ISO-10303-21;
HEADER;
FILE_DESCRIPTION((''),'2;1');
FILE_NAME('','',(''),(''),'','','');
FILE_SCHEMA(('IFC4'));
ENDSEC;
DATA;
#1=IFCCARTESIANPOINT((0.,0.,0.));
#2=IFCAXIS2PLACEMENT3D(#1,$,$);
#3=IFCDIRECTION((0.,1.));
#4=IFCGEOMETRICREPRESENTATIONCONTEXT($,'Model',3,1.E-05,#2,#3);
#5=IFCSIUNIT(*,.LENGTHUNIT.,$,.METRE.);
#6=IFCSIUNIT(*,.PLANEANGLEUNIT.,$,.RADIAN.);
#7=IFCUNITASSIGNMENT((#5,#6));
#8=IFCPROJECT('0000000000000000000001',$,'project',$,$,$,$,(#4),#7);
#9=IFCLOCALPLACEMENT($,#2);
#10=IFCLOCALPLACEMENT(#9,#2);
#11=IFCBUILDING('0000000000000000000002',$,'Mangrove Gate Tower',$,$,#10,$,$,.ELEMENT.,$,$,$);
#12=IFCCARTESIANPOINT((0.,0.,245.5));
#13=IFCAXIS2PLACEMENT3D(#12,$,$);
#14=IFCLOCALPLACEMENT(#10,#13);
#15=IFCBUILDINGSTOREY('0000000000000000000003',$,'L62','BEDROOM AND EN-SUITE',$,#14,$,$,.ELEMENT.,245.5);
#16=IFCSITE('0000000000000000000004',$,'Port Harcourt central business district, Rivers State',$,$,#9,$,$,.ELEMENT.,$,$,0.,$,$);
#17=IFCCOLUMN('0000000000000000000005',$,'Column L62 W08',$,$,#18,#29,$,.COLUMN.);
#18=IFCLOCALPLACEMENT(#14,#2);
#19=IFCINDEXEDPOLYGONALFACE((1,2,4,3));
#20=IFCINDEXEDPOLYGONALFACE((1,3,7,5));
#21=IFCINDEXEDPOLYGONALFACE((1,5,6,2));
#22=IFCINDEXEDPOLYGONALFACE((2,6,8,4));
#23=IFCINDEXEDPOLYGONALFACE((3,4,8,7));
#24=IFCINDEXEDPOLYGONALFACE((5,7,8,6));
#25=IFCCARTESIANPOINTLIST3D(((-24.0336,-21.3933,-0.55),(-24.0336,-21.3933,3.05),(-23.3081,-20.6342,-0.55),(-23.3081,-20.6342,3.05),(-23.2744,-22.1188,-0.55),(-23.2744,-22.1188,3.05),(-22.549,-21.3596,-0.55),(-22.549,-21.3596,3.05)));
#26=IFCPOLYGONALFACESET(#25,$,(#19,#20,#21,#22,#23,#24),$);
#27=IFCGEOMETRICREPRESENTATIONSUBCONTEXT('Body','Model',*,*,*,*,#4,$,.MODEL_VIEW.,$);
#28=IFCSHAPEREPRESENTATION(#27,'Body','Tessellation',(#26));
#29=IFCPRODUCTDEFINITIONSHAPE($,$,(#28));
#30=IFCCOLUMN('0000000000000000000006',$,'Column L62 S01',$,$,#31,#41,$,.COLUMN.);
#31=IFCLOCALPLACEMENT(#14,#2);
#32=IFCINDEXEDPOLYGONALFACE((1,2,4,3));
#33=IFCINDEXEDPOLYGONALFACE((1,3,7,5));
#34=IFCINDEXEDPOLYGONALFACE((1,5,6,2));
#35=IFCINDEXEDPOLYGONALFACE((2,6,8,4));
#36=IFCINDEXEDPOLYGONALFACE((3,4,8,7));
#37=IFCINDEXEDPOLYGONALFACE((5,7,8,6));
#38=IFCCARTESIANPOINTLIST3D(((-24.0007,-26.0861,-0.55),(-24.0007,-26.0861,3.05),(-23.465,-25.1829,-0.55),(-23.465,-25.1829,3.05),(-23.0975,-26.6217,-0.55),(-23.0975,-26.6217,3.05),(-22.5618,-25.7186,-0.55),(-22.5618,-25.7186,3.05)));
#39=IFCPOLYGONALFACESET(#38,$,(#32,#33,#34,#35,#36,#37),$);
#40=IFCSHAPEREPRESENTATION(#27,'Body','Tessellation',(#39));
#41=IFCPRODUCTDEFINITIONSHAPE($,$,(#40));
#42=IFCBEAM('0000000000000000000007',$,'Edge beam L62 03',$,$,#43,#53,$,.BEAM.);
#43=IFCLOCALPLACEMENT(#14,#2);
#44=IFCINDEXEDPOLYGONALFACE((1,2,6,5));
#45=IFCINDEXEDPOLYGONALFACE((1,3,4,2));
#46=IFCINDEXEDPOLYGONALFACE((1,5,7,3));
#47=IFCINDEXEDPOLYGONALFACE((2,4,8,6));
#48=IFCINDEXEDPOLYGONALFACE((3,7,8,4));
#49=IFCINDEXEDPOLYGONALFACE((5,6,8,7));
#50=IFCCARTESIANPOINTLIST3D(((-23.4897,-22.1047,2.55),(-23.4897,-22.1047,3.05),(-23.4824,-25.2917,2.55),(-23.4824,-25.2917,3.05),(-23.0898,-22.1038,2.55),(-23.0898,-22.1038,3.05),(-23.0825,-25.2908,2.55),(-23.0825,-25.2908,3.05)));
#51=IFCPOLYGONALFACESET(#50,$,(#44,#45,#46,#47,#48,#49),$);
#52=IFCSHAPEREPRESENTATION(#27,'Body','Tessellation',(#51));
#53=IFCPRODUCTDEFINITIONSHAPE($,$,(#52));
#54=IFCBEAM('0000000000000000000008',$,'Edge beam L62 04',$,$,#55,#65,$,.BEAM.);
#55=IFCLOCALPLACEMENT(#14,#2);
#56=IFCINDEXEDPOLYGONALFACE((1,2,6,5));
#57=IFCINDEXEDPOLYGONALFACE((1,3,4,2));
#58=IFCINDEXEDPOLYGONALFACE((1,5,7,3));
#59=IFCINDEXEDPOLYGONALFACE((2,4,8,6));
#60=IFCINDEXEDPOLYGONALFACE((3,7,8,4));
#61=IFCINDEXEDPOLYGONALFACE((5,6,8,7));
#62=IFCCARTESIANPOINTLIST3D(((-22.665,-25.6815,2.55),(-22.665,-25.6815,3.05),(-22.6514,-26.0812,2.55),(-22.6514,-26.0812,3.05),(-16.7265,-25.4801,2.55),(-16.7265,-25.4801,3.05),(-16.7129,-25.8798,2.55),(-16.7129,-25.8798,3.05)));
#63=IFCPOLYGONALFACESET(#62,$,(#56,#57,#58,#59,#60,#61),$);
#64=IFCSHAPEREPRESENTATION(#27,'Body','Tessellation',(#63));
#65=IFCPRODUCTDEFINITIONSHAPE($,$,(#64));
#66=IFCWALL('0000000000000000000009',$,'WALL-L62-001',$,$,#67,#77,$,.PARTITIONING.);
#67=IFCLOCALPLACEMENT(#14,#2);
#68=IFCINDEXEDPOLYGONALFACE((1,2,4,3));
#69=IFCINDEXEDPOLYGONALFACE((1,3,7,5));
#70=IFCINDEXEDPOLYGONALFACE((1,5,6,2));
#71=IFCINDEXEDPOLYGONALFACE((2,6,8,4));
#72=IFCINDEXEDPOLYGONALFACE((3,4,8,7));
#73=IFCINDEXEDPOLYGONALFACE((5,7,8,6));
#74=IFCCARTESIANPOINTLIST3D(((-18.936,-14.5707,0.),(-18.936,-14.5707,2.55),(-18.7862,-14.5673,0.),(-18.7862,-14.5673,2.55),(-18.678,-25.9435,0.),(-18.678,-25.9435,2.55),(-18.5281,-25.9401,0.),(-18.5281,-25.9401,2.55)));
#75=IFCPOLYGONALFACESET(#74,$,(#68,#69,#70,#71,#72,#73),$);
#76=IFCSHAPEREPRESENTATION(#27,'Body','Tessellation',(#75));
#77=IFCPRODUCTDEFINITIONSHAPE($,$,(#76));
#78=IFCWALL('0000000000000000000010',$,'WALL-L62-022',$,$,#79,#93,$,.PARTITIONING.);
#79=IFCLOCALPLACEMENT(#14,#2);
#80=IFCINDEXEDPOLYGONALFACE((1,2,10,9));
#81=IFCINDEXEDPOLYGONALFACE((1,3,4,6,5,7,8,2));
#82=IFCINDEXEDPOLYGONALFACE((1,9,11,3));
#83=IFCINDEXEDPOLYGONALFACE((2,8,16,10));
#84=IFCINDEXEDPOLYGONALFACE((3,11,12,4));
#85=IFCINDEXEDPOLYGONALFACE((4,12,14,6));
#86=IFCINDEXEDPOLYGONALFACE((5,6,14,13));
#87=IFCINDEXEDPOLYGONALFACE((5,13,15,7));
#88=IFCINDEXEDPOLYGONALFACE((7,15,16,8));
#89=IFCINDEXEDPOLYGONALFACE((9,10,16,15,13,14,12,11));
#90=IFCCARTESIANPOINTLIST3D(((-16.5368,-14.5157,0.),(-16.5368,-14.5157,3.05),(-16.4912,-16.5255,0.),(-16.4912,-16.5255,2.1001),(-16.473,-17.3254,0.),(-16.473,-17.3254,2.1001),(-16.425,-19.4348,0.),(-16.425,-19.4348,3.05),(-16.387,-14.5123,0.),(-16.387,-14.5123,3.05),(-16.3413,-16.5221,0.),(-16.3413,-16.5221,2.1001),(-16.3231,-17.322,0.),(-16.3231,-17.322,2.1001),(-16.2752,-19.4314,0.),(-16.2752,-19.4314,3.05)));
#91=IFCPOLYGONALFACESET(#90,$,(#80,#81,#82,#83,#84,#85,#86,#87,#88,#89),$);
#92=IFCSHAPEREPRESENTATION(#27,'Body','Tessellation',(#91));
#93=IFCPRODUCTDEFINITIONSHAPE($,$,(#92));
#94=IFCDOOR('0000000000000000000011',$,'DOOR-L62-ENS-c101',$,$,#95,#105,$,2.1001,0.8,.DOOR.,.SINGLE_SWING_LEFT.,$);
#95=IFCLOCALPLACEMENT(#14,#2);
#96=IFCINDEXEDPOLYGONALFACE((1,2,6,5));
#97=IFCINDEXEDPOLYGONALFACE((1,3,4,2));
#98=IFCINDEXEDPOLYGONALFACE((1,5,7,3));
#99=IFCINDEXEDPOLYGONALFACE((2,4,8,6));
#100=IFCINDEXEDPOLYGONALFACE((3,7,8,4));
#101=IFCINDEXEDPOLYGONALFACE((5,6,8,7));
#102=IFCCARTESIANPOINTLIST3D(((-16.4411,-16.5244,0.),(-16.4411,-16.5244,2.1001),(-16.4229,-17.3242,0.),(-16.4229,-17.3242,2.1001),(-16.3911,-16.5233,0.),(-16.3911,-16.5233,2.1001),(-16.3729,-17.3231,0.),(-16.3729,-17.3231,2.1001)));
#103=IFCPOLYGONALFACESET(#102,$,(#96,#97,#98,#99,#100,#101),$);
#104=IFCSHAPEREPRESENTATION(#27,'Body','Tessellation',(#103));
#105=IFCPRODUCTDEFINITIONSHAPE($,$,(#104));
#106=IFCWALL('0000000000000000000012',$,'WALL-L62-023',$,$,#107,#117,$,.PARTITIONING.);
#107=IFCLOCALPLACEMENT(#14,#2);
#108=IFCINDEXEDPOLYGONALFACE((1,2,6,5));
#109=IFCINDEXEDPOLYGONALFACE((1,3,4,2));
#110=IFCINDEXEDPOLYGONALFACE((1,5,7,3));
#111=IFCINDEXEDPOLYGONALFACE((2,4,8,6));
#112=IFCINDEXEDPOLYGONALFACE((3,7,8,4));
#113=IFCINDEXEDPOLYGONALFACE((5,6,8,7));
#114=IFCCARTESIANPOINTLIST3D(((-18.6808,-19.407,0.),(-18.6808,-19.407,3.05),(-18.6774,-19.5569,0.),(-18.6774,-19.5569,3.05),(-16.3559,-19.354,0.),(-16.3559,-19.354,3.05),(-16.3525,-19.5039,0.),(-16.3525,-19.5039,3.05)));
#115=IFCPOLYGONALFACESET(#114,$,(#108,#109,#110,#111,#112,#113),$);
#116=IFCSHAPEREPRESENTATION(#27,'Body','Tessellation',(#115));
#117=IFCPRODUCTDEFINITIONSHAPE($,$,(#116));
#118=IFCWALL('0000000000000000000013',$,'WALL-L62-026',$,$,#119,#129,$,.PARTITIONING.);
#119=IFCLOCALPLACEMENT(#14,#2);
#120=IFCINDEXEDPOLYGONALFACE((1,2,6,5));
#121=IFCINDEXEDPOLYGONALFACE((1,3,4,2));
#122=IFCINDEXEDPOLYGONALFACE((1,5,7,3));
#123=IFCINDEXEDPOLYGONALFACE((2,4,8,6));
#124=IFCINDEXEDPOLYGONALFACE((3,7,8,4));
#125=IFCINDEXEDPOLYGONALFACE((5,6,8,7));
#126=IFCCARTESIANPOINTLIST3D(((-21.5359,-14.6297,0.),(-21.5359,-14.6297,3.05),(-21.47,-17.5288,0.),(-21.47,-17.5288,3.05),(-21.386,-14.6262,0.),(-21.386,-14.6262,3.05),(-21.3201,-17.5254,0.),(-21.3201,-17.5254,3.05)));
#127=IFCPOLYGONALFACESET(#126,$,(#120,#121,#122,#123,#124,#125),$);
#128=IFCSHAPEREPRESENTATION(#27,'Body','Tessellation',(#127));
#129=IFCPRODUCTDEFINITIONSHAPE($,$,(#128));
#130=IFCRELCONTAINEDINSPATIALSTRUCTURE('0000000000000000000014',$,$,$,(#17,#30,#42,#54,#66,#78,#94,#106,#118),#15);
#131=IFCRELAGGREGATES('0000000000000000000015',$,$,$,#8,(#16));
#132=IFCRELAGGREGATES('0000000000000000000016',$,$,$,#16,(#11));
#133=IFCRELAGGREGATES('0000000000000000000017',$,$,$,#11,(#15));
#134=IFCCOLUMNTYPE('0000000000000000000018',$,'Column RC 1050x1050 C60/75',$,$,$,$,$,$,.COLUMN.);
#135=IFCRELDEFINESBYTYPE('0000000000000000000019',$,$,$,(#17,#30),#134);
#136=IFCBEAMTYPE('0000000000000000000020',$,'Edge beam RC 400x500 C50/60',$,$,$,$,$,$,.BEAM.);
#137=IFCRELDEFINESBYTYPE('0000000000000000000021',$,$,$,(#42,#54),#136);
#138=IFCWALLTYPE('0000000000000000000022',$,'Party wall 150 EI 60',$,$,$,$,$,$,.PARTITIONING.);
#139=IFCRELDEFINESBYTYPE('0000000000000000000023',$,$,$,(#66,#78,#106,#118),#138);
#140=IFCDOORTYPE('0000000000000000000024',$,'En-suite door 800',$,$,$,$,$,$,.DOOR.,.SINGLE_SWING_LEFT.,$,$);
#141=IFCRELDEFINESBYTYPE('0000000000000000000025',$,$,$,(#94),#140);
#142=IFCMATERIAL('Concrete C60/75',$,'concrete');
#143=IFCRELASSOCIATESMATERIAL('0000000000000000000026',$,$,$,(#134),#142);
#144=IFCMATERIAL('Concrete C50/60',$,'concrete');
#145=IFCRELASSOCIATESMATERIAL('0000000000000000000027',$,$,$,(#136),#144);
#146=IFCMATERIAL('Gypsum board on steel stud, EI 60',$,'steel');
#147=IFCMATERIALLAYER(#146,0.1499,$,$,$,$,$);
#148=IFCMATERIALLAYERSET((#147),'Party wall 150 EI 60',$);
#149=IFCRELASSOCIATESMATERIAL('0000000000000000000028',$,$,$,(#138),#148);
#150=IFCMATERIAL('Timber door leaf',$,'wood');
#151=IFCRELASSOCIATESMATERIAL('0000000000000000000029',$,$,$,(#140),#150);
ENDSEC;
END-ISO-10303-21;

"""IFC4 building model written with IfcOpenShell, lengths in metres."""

from ifc_helpers import new_model, si_unit, direction, frame, frame_2d, origin, origin_2d, place, context, subcontext, project, spatial, rectangle, extrude, material, layer, layer_set, material_profile, profile_set, type_object, element, fill, save


model = new_model("IFC4")

# Units and contexts
model_context = context("Model", 3, precision=1e-05, world=origin(), true_north=direction((0.0, 1.0)))
body_context = subcontext(model_context, "Body", "Model", "MODEL_VIEW")
ifc_project = project(units=[si_unit("LENGTHUNIT", "METRE"), si_unit("PLANEANGLEUNIT", "RADIAN")], contexts=[model_context])

# Site, building, storey
site_placement = place(None, origin())
site = spatial("IfcSite", under=ifc_project, at=site_placement, Name="Port Harcourt central business district, Rivers State", CompositionType="ELEMENT", RefElevation=0.0)
building_placement = place(site_placement, origin())
building = spatial("IfcBuilding", under=site, at=building_placement, Name="Mangrove Gate Tower", CompositionType="ELEMENT")
storey_placement = place(building_placement, frame((0.0, 0.0, 245.5)))
storey = spatial("IfcBuildingStorey", under=building, at=storey_placement, Name="L62", Description="BEDROOM AND EN-SUITE", CompositionType="ELEMENT", Elevation=245.5)

# Columns
ifc_material_1 = material(Name="Concrete C60/75", Category="concrete")
ifc_material_profile_1 = material_profile(ifc_material_1, rectangle(XDim=1.05, YDim=1.05, at=origin_2d()))
ifc_profile_set_1 = profile_set([ifc_material_profile_1], Name="Concrete C60/75")
column_type = type_object("IfcColumnType", Name="Column RC 1050x1050 C60/75", PredefinedType="COLUMN", material=ifc_profile_set_1)
for number, where, z_axis, x_axis, name in (
    (1, (-23.2913, -21.3765, -0.55), (0.0, 0.0, 1.0), (0.722989, -0.69086, 0.0), "Column L62 W08"),
    (2, (-23.2812, -25.9023, -0.55), (0.0, 0.0, 1.0), (0.860103, -0.510121, 0.0), "Column L62 S01"),
):
    element("IfcColumn", number, at=place(storey_placement, frame(where, z_axis=z_axis, x_axis=x_axis)), inside=storey, type_object=column_type, Name=name, PredefinedType="COLUMN", context=body_context, shape_type="SweptSolid", body=[
        extrude(rectangle(XDim=1.05, YDim=1.05, at=origin_2d()), origin(), (0.0, 0.0, 1.0), 3.6001),
    ])

# Beams
ifc_material_2 = material(Name="Concrete C50/60", Category="concrete")
ifc_material_profile_2 = material_profile(ifc_material_2, rectangle(XDim=0.3999, YDim=0.5, at=origin_2d()))
ifc_profile_set_2 = profile_set([ifc_material_profile_2], Name="Concrete C50/60")
beam_type = type_object("IfcBeamType", Name="Edge beam RC 400x500 C50/60", PredefinedType="BEAM", material=ifc_profile_set_2)
beam_1_placement = place(storey_placement, frame((-23.2898, -22.1042, 2.8), z_axis=(0.002298, -0.999997, 0.0), x_axis=(0.999997, 0.002298, 0.0)))
element("IfcBeam", 3, at=beam_1_placement, inside=storey, type_object=beam_type, Name="Edge beam L62 03", PredefinedType="BEAM", context=body_context, shape_type="SweptSolid", body=[
    extrude(rectangle(XDim=0.3999, YDim=0.5, at=origin_2d()), origin(), (0.0, 0.0, 1.0), 3.187),
])
beam_2_placement = place(storey_placement, frame((-22.6582, -25.8813, 2.8), z_axis=(0.999425, 0.033898, 0.0), x_axis=(-0.033898, 0.999425, 0.0)))
element("IfcBeam", 4, at=beam_2_placement, inside=storey, type_object=beam_type, Name="Edge beam L62 04", PredefinedType="BEAM", context=body_context, shape_type="SweptSolid", body=[
    extrude(rectangle(XDim=0.3999, YDim=0.5, at=origin_2d()), origin(), (0.0, 0.0, 1.0), 5.9419),
])

# Wall
ifc_material_3 = material(Name="Gypsum board on steel stud, EI 60", Category="steel")
ifc_layer = layer(ifc_material_3, 0.1499)
ifc_layer_set = layer_set([ifc_layer], Name="Party wall 150 EI 60")
wall_type = type_object("IfcWallType", Name="Party wall 150 EI 60", PredefinedType="PARTITIONING", material=ifc_layer_set)
wall_1_placement = place(storey_placement, frame((-18.603, -25.9419, 0.0), z_axis=(0.0, 0.0, 1.0), x_axis=(-0.022685, 0.999743, 0.0)))
element("IfcWall", 5, at=wall_1_placement, inside=storey, type_object=wall_type, Name="WALL-L62-001", PredefinedType="PARTITIONING", context=body_context, shape_type="SweptSolid", body=[
    extrude(rectangle(XDim=11.3757, YDim=0.1499, at=frame_2d((5.688, 0.0))), origin(), (0.0, 0.0, 1.0), 2.55),
])

# Wall, opening, door
wall_2_placement = place(storey_placement, frame((-16.3501, -19.4331, 0.0), z_axis=(0.0, 0.0, 1.0), x_axis=(-0.022725, 0.999742, 0.0)))
wall_2 = element("IfcWall", 6, at=wall_2_placement, inside=storey, type_object=wall_type, Name="WALL-L62-022", PredefinedType="PARTITIONING", context=body_context, shape_type="SweptSolid", body=[
    extrude(rectangle(XDim=4.9204, YDim=0.1499, at=frame_2d((2.4602, 0.0))), origin(), (0.0, 0.0, 1.0), 3.05),
])
opening_placement = place(wall_2_placement, frame((2.1101, 0.0, 0.0)))
opening = element("IfcOpeningElement", 7, at=opening_placement, cuts=wall_2, PredefinedType="OPENING", context=body_context, shape_type="SweptSolid", body=[
    extrude(rectangle(XDim=0.8, YDim=2.1001, at=frame_2d((0.3999, 1.05))), frame((0.0, 0.085, 0.0), z_axis=(0.0, -1.0, 0.0), x_axis=(1.0, 0.0, 0.0)), (0.0, 0.0, 1.0), 0.1699),
])
ifc_material_4 = material(Name="Timber door leaf", Category="wood")
door_type = type_object("IfcDoorType", Name="En-suite door 800", OperationType="SINGLE_SWING_LEFT", PredefinedType="DOOR", material=ifc_material_4)
door_placement = place(opening_placement, origin())
door = element("IfcDoor", 8, at=door_placement, inside=storey, type_object=door_type, Name="DOOR-L62-ENS-c101", OperationType="SINGLE_SWING_LEFT", OverallHeight=2.1001, OverallWidth=0.8, PredefinedType="DOOR", context=body_context, shape_type="SweptSolid", body=[
    extrude(rectangle(XDim=0.8, YDim=2.1001, at=frame_2d((0.3999, 1.05))), frame((0.0, 0.0249, 0.0), z_axis=(0.0, -1.0, 0.0), x_axis=(1.0, 0.0, 0.0)), (0.0, 0.0, 1.0), 0.05),
])
fill(opening, door)

# Walls
wall_3_placement = place(storey_placement, frame((-18.679, -19.4819, 0.0), z_axis=(0.0, 0.0, 1.0), x_axis=(0.99974, 0.022781, 0.0)))
element("IfcWall", 9, at=wall_3_placement, inside=storey, type_object=wall_type, Name="WALL-L62-023", PredefinedType="PARTITIONING", context=body_context, shape_type="SweptSolid", body=[
    extrude(rectangle(XDim=2.3254, YDim=0.1499, at=frame_2d((1.1626, 0.0))), origin(), (0.0, 0.0, 1.0), 3.05),
])
wall_4_placement = place(storey_placement, frame((-21.395, -17.5271, 0.0), z_axis=(0.0, 0.0, 1.0), x_axis=(-0.022731, 0.999742, 0.0)))
element("IfcWall", 10, at=wall_4_placement, inside=storey, type_object=wall_type, Name="WALL-L62-026", PredefinedType="PARTITIONING", context=body_context, shape_type="SweptSolid", body=[
    extrude(rectangle(XDim=2.8999, YDim=0.1499, at=frame_2d((1.45, 0.0))), origin(), (0.0, 0.0, 1.0), 3.05),
])

save(model, "model.ifc")
